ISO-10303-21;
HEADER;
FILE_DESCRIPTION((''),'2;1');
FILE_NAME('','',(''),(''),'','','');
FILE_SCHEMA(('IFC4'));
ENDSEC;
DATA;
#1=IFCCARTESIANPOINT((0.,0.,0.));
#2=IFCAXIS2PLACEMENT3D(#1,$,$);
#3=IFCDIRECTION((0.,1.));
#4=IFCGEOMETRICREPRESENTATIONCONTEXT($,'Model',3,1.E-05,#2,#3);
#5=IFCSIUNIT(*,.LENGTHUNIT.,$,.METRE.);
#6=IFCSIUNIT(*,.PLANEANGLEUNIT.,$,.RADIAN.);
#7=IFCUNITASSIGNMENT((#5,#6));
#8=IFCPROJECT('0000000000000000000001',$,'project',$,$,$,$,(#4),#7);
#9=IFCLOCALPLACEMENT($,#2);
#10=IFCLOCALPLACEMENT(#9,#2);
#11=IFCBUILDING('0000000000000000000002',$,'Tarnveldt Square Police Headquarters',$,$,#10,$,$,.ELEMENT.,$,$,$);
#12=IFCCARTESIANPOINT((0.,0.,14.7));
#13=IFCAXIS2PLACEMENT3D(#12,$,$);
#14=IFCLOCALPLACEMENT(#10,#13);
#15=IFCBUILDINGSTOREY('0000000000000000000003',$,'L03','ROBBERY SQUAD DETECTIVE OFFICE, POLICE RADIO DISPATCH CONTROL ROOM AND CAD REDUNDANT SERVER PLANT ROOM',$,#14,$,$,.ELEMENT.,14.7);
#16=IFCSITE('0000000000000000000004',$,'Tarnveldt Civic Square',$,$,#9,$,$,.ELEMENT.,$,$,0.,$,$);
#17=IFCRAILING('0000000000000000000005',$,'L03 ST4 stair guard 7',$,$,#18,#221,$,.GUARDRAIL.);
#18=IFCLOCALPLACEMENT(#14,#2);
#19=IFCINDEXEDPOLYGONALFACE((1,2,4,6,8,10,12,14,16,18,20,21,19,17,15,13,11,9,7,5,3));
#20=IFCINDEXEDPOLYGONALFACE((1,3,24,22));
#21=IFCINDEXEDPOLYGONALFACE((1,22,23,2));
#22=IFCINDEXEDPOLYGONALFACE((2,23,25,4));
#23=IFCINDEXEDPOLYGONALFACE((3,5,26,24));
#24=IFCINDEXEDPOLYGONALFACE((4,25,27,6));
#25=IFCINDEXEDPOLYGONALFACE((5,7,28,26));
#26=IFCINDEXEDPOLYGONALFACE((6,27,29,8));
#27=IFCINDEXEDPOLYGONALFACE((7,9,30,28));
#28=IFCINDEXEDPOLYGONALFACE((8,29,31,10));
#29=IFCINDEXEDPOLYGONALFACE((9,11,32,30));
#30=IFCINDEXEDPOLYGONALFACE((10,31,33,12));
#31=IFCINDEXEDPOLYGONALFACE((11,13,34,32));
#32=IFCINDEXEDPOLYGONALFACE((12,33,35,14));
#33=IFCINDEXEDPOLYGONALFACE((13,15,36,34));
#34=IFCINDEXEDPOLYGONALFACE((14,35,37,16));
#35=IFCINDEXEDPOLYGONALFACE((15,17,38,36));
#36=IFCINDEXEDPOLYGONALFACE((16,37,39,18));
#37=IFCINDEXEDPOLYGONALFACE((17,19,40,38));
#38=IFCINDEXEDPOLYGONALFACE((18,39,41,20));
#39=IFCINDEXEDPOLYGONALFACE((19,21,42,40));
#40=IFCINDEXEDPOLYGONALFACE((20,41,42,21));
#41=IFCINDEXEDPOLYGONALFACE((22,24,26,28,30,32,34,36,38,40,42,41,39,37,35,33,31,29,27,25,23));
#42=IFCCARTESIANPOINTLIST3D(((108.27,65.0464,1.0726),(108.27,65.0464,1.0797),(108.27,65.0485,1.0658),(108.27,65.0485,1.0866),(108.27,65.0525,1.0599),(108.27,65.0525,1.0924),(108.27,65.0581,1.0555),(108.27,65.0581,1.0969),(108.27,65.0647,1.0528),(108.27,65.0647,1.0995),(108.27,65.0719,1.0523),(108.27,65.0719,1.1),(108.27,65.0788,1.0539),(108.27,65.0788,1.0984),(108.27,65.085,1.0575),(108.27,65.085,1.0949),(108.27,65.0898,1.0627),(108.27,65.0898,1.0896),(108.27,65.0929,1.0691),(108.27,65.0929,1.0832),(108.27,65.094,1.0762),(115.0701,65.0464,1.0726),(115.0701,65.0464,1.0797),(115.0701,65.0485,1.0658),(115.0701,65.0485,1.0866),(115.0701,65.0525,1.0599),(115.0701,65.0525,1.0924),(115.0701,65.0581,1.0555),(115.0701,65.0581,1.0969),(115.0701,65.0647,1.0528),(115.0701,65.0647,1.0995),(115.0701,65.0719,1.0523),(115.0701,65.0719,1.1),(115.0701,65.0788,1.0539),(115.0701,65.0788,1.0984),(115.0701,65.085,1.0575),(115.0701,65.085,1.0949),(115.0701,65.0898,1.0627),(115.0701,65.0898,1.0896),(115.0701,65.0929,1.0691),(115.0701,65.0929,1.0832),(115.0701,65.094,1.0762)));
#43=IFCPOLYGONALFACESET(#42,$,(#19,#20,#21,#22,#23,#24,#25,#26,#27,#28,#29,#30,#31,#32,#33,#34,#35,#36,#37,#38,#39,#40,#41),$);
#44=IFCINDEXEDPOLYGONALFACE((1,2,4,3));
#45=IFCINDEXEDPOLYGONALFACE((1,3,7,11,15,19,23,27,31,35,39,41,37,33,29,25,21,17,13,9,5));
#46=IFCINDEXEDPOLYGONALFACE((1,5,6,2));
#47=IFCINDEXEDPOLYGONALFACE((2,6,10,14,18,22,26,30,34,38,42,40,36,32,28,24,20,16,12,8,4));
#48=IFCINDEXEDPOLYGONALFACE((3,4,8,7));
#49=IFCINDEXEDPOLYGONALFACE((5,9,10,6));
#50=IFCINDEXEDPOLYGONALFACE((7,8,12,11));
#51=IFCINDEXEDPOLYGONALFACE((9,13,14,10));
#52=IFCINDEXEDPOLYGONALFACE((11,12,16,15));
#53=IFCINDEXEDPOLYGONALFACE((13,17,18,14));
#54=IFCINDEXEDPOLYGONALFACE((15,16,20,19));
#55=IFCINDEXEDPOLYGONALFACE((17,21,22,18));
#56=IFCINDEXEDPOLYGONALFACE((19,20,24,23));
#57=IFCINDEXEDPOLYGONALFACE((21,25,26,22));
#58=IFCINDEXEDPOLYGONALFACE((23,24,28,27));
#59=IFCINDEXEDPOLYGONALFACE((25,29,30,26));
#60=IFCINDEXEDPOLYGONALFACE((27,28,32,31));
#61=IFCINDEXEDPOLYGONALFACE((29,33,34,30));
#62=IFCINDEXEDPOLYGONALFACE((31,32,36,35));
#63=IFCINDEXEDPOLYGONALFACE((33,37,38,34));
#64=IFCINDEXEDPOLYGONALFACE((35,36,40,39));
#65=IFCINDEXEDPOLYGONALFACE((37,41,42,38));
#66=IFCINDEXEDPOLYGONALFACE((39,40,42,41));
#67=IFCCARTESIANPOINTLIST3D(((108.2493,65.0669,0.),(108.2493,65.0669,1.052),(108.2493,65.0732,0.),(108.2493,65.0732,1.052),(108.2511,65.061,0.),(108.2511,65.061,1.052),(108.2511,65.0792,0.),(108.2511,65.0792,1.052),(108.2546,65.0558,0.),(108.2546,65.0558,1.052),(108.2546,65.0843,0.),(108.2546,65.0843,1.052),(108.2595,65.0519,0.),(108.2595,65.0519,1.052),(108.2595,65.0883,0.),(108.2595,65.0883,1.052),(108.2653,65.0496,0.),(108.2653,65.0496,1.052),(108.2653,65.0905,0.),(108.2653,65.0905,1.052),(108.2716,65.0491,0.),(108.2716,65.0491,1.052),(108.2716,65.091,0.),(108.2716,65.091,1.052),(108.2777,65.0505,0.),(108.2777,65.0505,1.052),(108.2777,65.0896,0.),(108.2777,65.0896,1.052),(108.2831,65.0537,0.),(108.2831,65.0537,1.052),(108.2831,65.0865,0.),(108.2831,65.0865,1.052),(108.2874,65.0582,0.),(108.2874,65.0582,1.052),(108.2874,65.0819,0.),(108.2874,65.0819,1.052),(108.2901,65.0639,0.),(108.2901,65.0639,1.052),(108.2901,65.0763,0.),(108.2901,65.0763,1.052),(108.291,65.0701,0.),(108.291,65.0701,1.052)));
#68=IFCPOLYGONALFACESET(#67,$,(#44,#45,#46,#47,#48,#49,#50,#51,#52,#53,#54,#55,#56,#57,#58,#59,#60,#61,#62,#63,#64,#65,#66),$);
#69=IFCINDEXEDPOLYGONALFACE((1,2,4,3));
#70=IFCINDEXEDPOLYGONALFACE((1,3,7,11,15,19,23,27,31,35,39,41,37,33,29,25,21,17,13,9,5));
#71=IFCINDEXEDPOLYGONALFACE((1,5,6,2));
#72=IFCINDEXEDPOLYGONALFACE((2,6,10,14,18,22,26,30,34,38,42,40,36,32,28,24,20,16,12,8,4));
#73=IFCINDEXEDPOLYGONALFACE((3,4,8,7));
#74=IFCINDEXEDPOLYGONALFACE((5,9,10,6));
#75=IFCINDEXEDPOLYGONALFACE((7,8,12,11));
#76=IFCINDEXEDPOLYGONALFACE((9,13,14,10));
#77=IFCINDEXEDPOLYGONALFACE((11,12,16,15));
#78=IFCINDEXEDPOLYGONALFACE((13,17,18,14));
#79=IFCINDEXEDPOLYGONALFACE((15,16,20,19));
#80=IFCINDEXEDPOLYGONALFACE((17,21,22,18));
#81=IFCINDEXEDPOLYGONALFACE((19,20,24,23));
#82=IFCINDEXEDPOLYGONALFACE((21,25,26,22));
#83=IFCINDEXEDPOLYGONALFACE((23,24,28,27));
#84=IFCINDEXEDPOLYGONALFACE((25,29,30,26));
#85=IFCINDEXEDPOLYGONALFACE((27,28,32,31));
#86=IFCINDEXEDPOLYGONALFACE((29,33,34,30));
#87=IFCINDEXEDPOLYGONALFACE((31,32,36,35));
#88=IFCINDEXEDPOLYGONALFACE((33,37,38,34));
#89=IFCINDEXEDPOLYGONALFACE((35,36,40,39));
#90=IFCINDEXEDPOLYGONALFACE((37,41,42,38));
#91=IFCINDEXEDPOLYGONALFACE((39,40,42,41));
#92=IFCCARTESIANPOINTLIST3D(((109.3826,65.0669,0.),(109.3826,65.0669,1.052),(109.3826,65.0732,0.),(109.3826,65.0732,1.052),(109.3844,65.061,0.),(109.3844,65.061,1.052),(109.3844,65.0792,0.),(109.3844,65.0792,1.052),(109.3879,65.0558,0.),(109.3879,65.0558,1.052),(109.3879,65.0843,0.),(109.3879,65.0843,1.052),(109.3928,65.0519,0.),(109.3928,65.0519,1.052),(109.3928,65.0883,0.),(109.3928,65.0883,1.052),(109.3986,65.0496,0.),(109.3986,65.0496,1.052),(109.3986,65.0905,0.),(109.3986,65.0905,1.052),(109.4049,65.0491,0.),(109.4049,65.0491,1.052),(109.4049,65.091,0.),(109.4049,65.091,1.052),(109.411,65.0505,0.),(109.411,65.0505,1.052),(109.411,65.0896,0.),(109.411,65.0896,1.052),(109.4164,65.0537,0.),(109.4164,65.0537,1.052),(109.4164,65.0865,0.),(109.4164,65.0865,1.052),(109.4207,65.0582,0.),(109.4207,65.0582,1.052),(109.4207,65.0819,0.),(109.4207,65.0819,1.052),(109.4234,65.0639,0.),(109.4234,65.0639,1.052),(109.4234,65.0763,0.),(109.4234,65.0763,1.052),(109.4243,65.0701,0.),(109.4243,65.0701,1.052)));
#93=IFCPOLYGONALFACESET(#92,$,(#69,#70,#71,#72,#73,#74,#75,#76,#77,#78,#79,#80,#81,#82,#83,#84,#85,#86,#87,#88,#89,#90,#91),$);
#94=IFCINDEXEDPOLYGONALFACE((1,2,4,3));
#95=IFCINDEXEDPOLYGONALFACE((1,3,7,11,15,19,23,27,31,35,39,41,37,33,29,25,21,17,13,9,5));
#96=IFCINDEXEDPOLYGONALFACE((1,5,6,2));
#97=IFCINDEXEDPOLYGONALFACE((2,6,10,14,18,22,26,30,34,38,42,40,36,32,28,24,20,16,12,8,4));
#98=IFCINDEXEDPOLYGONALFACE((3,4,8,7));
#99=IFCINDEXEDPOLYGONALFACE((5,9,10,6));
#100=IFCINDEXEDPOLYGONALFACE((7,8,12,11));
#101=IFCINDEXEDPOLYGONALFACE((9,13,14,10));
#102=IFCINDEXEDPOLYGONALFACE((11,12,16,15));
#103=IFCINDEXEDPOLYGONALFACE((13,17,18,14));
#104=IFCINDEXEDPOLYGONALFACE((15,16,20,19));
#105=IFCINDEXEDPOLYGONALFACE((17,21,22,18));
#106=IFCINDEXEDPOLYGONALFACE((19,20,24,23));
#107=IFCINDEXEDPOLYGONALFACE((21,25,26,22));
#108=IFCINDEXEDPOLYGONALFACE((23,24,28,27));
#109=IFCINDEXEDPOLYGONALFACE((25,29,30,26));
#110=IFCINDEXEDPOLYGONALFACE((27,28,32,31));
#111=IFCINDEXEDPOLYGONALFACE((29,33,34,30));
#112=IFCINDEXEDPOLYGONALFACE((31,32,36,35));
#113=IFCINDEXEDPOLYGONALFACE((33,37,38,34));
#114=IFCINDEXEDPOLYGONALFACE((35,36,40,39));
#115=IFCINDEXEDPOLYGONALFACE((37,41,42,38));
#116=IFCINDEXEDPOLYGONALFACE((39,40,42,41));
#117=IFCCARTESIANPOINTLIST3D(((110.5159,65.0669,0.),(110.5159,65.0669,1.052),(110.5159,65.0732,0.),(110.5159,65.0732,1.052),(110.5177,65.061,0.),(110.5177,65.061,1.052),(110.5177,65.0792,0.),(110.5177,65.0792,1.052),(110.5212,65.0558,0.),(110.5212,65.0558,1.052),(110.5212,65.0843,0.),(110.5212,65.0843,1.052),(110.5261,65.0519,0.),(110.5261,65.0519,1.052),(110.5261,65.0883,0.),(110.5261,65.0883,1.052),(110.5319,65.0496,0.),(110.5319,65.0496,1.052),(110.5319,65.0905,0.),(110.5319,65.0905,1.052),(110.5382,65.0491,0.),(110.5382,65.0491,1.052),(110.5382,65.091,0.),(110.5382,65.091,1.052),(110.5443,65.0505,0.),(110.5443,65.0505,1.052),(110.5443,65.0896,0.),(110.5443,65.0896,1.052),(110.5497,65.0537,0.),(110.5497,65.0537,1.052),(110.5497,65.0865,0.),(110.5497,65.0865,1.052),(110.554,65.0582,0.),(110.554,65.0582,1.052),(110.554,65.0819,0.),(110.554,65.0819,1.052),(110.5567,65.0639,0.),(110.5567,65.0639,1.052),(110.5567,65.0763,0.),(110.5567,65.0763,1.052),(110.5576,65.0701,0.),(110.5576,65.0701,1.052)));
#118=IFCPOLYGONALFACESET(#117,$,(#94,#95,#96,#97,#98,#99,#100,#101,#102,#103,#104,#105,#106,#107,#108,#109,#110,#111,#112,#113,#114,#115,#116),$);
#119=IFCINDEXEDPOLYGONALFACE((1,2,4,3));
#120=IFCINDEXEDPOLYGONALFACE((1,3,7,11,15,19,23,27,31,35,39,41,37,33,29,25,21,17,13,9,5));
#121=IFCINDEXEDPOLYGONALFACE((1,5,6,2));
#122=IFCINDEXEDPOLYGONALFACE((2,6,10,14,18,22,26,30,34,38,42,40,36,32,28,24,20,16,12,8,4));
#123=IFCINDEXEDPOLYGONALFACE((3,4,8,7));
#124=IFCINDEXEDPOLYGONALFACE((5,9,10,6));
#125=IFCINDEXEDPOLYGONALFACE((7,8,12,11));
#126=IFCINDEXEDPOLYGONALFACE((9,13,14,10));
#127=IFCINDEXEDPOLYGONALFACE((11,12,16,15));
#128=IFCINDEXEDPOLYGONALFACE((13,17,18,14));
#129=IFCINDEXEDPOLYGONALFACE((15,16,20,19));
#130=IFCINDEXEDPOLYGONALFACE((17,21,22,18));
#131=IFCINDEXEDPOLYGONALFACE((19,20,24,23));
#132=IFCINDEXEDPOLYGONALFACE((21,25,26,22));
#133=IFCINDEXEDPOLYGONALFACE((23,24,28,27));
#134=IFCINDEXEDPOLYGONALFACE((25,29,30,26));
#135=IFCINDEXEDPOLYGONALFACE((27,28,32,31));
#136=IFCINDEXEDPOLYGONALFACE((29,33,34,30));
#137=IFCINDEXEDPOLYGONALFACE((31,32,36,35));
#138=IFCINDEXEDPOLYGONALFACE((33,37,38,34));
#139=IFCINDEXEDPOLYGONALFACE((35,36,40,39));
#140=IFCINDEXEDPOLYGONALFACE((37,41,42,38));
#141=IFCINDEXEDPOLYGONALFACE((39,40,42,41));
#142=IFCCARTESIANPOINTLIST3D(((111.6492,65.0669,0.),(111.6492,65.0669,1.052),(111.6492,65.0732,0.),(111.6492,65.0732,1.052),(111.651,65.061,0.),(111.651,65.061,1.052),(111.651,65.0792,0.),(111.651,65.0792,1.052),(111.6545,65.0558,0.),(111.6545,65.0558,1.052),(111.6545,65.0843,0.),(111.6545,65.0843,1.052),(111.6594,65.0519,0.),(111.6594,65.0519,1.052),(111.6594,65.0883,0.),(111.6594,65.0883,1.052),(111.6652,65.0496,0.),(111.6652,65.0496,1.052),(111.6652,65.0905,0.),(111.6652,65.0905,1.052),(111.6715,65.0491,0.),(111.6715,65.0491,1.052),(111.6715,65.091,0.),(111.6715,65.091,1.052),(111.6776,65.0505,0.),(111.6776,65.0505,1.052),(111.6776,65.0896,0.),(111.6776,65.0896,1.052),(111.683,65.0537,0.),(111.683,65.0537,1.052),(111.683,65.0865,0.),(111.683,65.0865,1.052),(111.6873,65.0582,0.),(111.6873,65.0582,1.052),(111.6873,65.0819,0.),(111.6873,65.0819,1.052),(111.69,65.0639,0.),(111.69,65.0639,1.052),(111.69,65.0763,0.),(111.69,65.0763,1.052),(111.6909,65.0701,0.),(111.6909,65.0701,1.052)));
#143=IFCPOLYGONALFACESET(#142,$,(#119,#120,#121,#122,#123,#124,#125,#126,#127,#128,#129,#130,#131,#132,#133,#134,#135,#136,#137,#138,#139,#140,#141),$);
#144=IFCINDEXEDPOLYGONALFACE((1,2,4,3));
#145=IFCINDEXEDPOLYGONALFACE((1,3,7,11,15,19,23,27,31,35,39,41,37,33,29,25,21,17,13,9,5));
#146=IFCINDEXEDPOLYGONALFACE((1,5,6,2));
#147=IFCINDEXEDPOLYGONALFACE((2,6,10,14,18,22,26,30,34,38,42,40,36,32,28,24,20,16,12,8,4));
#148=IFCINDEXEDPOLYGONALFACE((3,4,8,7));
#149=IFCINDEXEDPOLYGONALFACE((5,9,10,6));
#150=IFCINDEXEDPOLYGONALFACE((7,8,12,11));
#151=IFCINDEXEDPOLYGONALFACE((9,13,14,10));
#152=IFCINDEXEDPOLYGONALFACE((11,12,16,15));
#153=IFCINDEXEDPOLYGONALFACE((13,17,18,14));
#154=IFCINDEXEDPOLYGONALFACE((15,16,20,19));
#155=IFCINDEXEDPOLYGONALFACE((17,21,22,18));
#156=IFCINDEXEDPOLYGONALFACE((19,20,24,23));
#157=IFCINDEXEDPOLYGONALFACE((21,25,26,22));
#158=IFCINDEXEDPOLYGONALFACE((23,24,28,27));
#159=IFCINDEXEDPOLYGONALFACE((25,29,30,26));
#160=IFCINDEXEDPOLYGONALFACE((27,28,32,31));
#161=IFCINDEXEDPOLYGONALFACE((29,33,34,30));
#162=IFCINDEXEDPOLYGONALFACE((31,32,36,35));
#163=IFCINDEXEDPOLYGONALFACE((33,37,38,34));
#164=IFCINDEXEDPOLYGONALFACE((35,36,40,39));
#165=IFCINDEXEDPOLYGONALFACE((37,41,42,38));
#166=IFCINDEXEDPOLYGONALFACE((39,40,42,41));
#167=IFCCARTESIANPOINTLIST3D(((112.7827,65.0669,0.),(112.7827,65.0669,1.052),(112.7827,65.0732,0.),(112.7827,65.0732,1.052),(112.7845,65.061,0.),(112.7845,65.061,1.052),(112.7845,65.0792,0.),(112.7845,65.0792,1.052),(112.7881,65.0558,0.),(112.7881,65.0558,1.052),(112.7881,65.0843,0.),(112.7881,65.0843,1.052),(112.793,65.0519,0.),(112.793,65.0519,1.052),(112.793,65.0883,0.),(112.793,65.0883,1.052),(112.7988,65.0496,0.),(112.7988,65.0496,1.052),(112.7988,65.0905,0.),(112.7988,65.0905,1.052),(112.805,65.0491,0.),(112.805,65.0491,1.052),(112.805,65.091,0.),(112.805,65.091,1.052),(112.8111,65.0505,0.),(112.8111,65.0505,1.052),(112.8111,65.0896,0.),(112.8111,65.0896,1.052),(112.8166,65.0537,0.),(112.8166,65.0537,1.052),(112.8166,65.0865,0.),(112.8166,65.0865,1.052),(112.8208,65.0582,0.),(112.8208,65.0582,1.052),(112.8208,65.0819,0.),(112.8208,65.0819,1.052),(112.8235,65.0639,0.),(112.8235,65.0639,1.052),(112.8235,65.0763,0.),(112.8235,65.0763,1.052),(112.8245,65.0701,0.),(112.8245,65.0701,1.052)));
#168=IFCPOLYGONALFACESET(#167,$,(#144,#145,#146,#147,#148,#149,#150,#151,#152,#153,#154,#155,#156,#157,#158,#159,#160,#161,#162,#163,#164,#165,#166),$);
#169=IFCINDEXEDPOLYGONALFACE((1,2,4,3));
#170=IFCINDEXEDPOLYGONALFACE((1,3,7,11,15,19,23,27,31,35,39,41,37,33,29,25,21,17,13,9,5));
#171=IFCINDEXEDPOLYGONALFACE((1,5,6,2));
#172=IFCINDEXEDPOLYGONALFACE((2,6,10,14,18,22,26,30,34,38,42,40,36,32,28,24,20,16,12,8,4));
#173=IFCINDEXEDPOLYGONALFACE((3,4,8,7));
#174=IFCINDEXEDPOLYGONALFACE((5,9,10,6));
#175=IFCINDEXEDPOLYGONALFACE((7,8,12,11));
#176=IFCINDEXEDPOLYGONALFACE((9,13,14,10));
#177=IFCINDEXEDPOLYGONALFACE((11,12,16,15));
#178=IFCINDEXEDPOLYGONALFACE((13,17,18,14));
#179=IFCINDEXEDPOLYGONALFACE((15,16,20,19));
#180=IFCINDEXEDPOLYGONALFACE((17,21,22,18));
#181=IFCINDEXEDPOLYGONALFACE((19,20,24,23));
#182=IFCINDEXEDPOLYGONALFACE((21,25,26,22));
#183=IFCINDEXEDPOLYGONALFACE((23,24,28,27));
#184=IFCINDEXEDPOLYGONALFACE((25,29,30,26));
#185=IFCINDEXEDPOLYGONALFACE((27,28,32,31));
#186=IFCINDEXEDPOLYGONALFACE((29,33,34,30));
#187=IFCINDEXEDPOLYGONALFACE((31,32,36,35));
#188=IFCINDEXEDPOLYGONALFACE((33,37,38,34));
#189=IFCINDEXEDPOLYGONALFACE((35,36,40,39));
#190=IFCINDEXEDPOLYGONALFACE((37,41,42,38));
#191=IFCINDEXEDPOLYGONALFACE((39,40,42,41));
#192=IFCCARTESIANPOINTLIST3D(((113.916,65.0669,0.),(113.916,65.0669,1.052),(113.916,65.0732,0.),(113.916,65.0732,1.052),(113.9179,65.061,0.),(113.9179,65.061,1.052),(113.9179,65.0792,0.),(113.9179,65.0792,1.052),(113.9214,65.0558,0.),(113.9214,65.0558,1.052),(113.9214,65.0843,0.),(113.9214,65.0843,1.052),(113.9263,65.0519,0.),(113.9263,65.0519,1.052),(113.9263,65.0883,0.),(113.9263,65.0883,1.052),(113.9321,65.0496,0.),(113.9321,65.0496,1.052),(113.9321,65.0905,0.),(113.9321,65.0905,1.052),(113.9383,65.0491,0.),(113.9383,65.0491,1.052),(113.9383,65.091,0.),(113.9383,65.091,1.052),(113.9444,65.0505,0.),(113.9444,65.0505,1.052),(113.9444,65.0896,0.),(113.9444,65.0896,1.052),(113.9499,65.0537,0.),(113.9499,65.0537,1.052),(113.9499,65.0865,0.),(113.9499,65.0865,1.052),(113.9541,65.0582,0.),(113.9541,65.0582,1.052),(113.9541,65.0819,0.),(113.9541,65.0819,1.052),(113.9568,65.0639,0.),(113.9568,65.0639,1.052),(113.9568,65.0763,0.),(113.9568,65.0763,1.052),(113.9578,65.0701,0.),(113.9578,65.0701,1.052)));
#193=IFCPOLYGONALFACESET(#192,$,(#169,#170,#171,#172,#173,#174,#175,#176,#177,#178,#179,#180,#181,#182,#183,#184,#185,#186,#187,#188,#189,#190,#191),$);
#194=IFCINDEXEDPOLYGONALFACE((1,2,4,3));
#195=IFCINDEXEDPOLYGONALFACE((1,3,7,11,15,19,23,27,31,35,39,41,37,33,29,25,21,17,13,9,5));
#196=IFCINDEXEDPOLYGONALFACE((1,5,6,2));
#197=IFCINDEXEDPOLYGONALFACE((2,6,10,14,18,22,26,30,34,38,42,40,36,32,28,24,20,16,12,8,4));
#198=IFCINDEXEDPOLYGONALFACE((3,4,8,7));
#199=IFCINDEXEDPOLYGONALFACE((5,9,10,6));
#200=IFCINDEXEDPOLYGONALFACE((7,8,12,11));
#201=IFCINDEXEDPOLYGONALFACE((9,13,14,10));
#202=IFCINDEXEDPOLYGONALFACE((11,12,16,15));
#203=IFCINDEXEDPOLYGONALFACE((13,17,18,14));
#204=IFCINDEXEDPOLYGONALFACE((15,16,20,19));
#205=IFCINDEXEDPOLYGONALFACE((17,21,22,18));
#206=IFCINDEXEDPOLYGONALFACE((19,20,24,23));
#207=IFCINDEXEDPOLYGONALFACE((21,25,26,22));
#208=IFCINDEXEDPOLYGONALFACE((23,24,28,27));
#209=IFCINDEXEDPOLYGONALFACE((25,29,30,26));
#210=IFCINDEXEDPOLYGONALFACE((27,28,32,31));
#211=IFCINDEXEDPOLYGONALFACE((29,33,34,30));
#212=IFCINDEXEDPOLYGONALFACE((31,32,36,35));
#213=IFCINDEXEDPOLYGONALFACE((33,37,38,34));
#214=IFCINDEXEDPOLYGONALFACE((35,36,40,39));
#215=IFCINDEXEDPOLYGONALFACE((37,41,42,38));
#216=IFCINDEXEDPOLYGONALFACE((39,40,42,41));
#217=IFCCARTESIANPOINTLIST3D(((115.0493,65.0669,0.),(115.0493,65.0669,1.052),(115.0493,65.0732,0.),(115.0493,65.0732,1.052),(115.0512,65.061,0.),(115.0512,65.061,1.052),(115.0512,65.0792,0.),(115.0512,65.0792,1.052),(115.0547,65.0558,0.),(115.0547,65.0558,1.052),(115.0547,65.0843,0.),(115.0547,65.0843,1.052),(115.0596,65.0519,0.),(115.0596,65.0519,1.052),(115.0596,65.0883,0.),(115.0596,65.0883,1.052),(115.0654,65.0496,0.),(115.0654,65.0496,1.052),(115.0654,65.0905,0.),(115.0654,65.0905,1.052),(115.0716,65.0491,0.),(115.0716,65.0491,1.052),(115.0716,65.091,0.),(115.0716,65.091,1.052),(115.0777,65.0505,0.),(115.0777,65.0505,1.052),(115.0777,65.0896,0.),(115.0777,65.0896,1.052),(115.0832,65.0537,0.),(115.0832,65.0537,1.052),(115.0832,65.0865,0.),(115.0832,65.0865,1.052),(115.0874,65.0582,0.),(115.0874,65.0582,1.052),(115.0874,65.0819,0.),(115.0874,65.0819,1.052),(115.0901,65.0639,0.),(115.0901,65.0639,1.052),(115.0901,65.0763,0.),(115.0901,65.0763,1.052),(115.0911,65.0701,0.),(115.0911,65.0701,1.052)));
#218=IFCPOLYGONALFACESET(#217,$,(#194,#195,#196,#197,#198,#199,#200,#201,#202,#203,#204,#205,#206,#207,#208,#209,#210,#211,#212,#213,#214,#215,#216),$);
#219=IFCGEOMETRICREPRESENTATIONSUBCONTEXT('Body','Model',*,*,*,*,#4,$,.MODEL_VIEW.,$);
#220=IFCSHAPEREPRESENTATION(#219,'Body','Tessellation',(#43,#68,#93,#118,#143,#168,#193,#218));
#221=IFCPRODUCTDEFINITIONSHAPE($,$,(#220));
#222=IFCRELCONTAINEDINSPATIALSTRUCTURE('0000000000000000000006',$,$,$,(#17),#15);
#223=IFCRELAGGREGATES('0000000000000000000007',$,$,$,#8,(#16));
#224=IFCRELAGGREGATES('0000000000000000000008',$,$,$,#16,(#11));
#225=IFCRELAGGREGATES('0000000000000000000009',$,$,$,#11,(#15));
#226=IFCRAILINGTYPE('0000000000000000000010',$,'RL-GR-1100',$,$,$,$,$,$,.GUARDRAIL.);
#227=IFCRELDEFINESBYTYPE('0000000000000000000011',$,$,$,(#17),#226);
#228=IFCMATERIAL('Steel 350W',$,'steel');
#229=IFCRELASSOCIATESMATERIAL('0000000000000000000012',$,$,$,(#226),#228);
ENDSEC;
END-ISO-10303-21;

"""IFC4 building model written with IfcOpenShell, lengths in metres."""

from ifc_helpers import new_model, si_unit, direction, frame, origin, origin_2d, place, context, subcontext, project, spatial, circle, extrude, material, type_object, element, save


model = new_model("IFC4")

# Units and contexts
model_context = context("Model", 3, precision=1e-05, world=origin(), true_north=direction((0.0, 1.0)))
body_context = subcontext(model_context, "Body", "Model", "MODEL_VIEW")
ifc_project = project(units=[si_unit("LENGTHUNIT", "METRE"), si_unit("PLANEANGLEUNIT", "RADIAN")], contexts=[model_context])

# Site, building, storey
site_placement = place(None, origin())
site = spatial("IfcSite", under=ifc_project, at=site_placement, Name="Tarnveldt Civic Square", CompositionType="ELEMENT", RefElevation=0.0)
building_placement = place(site_placement, origin())
building = spatial("IfcBuilding", under=site, at=building_placement, Name="Tarnveldt Square Police Headquarters", CompositionType="ELEMENT")
storey_placement = place(building_placement, frame((0.0, 0.0, 14.7)))
storey = spatial("IfcBuildingStorey", under=building, at=storey_placement, Name="L03", Description="ROBBERY SQUAD DETECTIVE OFFICE, POLICE RADIO DISPATCH CONTROL ROOM AND CAD REDUNDANT SERVER PLANT ROOM", CompositionType="ELEMENT", Elevation=14.7)

# Shared definitions
ifc_material_1 = material(Name="Steel 350W", Category="steel")

# Railing
railing_type_1 = type_object("IfcRailingType", Name="RL-GR-1100", PredefinedType="GUARDRAIL", material=ifc_material_1)
railing_1_placement = place(storey_placement, frame((108.27, 65.0701, 0.0)))
element("IfcRailing", 1, at=railing_1_placement, inside=storey, type_object=railing_type_1, Name="L03 ST4 stair guard 7", PredefinedType="GUARDRAIL", context=body_context, shape_type="SweptSolid", body=[
    extrude(circle(Radius=0.0239, at=origin_2d()), frame((0.0, 0.0, 1.0762), z_axis=(1.0, 0.0, 0.0), x_axis=(0.0, 1.0, 0.0)), (0.0, 0.0, 1.0), 6.8),
    extrude(circle(Radius=0.021, at=origin_2d()), origin(), (0.0, 0.0, 1.0), 1.052),
    extrude(circle(Radius=0.021, at=origin_2d()), frame((1.1333, 0.0, 0.0)), (0.0, 0.0, 1.0), 1.052),
    extrude(circle(Radius=0.021, at=origin_2d()), frame((2.2666, 0.0, 0.0)), (0.0, 0.0, 1.0), 1.052),
    extrude(circle(Radius=0.021, at=origin_2d()), frame((3.3999, 0.0, 0.0)), (0.0, 0.0, 1.0), 1.052),
    extrude(circle(Radius=0.021, at=origin_2d()), frame((4.5334, 0.0, 0.0)), (0.0, 0.0, 1.0), 1.052),
    extrude(circle(Radius=0.021, at=origin_2d()), frame((5.6667, 0.0, 0.0)), (0.0, 0.0, 1.0), 1.052),
    extrude(circle(Radius=0.021, at=origin_2d()), frame((6.8, 0.0, 0.0)), (0.0, 0.0, 1.0), 1.052),
])

save(model, "model.ifc")
